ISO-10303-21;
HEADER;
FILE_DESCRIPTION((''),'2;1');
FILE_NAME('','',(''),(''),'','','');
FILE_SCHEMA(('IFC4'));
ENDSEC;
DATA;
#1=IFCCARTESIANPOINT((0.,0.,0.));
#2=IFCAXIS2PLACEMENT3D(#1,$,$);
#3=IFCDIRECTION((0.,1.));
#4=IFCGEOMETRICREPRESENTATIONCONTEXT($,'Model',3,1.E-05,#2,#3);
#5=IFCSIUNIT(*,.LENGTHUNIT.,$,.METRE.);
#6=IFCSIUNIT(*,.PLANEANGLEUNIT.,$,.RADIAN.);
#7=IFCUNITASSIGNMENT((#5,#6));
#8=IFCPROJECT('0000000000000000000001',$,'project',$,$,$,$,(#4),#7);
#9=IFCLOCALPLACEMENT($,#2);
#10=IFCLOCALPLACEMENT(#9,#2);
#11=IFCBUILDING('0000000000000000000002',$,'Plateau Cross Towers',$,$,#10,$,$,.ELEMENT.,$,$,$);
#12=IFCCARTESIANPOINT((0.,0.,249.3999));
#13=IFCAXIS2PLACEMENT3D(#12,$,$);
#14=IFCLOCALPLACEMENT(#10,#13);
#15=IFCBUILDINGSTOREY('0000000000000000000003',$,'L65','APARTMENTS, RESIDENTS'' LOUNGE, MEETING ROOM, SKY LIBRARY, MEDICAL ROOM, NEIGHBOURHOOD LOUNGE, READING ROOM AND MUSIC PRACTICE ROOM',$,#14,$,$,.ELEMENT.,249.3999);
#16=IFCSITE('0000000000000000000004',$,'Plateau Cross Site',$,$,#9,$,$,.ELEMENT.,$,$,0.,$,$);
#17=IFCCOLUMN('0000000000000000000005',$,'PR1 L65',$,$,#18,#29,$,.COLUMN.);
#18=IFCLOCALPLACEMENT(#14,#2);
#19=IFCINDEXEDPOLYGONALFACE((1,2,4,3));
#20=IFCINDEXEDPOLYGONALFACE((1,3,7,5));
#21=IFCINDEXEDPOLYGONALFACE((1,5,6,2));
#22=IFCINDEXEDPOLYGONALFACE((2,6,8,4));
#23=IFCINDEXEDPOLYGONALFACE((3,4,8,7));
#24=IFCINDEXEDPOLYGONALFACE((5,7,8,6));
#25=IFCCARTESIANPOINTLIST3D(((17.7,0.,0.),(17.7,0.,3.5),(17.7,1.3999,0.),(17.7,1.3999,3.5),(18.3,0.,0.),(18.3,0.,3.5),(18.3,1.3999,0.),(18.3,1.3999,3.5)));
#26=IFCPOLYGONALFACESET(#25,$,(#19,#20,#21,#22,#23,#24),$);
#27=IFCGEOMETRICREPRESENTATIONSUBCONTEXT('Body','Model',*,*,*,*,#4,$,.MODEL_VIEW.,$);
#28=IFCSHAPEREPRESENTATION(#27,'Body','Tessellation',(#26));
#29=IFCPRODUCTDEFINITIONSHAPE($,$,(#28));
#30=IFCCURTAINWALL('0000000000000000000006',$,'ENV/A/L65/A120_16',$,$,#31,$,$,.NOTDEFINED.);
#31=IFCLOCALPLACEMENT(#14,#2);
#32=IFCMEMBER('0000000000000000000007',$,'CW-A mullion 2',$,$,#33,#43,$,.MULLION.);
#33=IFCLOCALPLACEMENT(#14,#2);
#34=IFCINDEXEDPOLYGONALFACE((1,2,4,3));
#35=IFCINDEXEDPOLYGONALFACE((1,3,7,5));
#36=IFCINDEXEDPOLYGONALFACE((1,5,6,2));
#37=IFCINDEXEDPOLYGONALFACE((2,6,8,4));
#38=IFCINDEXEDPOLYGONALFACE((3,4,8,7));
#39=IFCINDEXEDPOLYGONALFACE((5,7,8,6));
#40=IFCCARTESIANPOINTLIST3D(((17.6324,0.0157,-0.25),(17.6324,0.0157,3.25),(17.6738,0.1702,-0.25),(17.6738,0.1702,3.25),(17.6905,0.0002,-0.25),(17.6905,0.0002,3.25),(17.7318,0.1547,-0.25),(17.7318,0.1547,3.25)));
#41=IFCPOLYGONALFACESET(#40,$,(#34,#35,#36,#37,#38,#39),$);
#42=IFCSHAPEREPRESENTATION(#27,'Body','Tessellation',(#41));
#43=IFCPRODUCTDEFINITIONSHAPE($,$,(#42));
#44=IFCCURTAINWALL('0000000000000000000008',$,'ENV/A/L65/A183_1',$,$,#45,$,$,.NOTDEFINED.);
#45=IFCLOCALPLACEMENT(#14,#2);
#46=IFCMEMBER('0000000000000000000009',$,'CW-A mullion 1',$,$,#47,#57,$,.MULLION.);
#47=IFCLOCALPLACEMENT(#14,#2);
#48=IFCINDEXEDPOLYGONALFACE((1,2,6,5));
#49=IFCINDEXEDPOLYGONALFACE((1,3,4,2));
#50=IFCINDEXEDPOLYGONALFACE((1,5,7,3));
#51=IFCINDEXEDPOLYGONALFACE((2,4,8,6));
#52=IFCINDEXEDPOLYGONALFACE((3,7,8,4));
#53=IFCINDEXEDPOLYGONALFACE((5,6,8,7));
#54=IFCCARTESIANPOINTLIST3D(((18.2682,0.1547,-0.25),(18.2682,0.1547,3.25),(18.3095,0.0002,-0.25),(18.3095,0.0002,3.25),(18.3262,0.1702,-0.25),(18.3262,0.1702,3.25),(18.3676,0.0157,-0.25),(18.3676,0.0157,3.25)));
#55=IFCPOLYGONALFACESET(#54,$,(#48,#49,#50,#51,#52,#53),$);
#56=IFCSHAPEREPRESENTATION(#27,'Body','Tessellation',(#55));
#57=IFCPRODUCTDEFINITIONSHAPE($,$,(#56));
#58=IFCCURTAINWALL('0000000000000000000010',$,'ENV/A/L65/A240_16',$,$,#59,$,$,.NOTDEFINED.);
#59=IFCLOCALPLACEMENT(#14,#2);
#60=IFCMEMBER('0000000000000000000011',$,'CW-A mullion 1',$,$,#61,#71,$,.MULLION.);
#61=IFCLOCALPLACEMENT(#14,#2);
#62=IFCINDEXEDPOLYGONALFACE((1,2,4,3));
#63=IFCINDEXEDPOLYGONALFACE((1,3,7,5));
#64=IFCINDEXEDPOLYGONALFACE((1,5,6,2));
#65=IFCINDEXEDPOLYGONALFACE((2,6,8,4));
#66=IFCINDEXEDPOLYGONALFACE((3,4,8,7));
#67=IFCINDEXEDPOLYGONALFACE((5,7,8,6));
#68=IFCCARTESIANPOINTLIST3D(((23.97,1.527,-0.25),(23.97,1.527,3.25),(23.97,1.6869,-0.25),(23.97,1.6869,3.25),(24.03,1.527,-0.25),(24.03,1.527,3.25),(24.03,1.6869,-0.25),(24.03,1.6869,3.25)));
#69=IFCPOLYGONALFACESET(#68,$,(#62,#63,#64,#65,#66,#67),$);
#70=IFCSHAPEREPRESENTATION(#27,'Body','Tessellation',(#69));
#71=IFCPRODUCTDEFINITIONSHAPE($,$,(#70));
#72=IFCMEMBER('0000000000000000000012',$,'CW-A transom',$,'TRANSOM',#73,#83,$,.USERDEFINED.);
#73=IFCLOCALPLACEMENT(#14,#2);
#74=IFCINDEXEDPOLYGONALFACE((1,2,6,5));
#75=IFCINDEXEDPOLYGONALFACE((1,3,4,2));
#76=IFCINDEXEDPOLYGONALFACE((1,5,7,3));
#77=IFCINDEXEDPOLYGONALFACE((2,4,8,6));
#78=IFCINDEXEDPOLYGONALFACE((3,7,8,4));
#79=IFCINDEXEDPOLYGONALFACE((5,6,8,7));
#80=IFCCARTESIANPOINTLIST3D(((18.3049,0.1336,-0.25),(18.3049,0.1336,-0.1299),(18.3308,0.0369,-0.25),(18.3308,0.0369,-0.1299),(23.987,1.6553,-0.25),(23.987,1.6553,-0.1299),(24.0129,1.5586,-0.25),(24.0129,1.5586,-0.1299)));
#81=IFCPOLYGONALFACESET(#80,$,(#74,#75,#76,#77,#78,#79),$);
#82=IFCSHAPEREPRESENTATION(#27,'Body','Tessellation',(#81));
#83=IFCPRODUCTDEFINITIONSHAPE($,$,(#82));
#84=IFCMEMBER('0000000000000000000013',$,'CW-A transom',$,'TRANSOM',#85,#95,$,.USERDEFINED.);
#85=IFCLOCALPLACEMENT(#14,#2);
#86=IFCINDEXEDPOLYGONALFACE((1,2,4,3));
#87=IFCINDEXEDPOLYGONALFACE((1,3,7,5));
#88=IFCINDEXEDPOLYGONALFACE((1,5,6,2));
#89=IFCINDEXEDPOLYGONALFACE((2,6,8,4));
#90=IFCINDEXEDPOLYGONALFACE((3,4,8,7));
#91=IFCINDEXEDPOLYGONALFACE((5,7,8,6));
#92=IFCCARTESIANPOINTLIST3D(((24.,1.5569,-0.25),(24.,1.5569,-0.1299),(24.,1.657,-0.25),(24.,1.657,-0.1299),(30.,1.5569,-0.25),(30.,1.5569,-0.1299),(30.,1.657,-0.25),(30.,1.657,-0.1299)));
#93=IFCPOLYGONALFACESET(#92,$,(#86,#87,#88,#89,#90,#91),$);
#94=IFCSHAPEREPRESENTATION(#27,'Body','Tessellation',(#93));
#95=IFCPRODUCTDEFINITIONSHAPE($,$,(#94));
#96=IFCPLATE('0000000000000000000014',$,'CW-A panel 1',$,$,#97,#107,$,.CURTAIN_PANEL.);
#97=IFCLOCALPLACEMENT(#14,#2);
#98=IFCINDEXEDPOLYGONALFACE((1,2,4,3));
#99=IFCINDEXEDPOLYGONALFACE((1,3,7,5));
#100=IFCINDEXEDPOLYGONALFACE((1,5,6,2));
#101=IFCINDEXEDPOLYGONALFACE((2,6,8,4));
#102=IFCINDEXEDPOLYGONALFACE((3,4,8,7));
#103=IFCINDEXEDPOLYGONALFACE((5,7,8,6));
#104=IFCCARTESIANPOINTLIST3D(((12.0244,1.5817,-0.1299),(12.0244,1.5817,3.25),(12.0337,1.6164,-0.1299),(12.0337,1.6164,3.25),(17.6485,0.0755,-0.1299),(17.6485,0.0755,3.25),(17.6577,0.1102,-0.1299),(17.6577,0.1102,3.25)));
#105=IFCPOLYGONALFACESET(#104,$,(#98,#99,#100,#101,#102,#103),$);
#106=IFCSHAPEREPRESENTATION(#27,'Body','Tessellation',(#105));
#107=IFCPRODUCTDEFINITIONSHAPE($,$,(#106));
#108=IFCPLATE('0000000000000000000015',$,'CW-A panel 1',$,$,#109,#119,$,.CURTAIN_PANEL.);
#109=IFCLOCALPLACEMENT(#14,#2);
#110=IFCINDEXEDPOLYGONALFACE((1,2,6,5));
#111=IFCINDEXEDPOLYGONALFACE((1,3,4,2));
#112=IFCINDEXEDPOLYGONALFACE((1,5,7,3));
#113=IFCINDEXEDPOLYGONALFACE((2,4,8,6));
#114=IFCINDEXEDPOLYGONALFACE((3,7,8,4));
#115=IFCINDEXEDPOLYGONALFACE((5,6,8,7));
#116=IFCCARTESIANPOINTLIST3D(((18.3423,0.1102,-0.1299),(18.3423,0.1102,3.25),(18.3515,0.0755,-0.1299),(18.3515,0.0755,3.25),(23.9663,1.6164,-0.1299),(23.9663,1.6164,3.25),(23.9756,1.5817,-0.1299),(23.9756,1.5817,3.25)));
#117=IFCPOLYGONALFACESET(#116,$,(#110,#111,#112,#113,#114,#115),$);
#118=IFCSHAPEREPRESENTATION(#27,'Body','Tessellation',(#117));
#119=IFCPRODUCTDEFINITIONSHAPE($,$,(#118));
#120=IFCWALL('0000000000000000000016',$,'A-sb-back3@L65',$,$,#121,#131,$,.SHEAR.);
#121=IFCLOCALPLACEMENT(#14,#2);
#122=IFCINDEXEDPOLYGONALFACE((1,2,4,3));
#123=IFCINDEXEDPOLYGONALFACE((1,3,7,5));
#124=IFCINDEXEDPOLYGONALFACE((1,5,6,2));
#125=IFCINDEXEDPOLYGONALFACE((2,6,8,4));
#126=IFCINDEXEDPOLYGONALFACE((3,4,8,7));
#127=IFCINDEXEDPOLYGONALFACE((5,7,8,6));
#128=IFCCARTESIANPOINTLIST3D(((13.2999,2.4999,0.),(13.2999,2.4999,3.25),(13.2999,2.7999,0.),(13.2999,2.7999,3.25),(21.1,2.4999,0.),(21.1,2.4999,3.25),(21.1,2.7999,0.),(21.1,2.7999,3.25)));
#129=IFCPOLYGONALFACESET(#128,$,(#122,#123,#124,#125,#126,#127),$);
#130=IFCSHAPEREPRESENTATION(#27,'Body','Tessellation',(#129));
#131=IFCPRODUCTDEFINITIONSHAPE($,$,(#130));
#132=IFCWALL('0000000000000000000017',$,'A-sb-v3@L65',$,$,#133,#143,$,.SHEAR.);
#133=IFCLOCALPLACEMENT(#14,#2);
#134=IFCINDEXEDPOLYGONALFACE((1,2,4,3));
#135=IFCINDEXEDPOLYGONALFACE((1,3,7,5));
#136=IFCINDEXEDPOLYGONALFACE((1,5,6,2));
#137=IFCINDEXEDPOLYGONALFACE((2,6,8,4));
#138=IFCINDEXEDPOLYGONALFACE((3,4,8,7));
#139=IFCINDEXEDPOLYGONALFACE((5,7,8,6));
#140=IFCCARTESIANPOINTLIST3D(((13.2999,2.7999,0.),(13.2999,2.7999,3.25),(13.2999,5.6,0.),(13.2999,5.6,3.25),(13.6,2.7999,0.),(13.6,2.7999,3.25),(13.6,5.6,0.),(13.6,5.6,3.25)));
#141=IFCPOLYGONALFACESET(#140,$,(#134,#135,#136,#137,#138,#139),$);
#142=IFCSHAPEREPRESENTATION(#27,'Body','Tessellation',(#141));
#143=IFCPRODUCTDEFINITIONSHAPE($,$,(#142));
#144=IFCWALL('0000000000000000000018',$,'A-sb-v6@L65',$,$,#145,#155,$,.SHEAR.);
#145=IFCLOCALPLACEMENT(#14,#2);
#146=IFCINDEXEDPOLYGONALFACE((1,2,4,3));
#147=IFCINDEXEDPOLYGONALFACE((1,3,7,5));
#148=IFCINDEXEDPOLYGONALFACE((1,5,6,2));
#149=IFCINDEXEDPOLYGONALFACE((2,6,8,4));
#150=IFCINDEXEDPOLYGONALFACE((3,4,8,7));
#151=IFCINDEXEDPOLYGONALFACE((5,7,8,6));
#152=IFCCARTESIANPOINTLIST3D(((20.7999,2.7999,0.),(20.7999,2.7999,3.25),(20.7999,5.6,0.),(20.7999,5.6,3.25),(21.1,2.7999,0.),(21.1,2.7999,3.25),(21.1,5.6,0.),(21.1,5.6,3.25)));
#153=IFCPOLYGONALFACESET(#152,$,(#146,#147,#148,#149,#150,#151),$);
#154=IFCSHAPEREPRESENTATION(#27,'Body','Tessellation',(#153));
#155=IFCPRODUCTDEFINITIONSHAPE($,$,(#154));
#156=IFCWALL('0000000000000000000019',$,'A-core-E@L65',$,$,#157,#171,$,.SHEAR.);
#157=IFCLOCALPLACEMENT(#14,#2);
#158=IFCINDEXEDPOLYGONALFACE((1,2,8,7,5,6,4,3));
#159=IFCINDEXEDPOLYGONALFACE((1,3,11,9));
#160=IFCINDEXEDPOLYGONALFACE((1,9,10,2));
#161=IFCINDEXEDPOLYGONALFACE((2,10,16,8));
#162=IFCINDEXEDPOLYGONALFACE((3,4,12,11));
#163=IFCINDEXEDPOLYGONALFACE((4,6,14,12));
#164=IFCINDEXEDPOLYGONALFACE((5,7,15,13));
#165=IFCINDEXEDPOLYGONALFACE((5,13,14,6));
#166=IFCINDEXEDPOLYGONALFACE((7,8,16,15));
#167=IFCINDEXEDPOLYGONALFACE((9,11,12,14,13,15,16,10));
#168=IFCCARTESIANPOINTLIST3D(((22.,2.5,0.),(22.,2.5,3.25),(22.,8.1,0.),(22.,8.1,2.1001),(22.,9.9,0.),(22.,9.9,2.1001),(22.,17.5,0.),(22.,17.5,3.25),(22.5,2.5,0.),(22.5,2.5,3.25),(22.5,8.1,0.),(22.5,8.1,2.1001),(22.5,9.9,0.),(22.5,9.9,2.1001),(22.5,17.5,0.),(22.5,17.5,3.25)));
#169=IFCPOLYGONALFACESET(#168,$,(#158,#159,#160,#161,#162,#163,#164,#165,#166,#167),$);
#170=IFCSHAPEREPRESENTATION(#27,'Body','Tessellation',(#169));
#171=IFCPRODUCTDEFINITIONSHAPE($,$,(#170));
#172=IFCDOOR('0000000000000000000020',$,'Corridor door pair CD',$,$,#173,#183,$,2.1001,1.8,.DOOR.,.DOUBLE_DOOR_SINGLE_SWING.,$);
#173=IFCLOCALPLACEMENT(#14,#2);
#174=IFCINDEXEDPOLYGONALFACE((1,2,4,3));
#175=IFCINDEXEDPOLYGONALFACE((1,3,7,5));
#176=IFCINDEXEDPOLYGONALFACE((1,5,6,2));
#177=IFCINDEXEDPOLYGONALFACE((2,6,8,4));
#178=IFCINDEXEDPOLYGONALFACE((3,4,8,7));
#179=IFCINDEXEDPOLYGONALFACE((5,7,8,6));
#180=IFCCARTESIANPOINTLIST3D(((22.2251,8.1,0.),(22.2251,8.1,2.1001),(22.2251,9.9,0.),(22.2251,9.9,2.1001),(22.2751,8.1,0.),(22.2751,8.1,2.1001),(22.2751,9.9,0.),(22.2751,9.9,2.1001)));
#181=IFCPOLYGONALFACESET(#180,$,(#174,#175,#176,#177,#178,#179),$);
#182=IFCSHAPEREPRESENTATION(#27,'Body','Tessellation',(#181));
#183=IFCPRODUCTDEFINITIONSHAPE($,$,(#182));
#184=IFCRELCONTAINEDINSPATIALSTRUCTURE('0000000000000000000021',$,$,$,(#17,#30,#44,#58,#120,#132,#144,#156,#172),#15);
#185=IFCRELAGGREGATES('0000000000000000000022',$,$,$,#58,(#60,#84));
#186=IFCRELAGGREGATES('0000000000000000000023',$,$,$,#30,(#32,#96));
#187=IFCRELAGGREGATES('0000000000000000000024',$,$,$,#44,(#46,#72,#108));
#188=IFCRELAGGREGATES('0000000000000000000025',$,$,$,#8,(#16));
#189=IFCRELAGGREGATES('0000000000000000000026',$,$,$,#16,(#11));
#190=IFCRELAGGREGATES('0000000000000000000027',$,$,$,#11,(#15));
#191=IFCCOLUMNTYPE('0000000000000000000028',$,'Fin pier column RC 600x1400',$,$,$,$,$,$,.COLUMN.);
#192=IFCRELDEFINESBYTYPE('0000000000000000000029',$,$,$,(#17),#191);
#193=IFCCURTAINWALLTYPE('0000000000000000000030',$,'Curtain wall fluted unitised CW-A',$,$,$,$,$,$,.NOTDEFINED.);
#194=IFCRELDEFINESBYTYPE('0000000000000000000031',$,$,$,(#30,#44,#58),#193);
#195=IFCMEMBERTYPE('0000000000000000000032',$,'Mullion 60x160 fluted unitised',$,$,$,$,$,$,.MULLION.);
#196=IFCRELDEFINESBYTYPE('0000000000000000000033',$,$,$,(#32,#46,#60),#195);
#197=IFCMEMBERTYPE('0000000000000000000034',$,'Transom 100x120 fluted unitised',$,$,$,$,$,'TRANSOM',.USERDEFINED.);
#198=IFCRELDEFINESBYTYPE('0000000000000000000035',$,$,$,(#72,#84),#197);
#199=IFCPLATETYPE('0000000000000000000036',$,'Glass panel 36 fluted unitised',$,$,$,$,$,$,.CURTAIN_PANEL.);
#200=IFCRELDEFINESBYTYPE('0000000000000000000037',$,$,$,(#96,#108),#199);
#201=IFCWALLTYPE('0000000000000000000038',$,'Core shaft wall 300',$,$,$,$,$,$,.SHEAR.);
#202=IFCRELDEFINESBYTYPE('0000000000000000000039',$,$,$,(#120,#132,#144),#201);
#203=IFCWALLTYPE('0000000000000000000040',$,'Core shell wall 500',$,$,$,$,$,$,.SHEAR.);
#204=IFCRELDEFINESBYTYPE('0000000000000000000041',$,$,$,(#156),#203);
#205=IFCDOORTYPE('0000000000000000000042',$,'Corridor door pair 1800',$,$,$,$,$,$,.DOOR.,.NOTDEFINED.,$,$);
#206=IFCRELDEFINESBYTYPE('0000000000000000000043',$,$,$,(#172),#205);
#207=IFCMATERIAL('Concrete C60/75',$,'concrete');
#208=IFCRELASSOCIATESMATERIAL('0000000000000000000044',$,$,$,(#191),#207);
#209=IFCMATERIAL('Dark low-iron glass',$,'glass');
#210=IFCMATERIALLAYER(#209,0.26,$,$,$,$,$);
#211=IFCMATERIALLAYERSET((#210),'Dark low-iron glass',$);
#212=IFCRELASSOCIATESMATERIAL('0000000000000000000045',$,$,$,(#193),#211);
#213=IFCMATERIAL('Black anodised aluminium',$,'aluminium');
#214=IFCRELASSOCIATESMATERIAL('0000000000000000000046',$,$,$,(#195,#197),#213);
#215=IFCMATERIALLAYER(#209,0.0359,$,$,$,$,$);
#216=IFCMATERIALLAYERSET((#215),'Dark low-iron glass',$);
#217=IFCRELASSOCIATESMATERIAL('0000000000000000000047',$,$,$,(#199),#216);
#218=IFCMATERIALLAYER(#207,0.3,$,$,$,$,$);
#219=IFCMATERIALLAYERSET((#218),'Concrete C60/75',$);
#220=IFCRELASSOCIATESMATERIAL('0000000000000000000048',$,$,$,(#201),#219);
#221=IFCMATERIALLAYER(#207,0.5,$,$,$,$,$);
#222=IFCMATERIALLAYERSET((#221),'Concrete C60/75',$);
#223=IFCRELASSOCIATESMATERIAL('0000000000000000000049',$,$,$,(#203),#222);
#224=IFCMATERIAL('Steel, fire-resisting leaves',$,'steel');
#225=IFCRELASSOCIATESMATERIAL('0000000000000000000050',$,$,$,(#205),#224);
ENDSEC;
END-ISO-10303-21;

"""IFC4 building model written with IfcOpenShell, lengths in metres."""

from ifc_helpers import new_model, si_unit, direction, frame, frame_2d, origin, origin_2d, place, context, subcontext, project, spatial, rectangle, extrude, material, layer, layer_set, material_profile, profile_set, type_object, element, fill, aggregate, save


model = new_model("IFC4")

# Units and contexts
model_context = context("Model", 3, precision=1e-05, world=origin(), true_north=direction((0.0, 1.0)))
body_context = subcontext(model_context, "Body", "Model", "MODEL_VIEW")
ifc_project = project(units=[si_unit("LENGTHUNIT", "METRE"), si_unit("PLANEANGLEUNIT", "RADIAN")], contexts=[model_context])

# Site, building, storey
site_placement = place(None, origin())
site = spatial("IfcSite", under=ifc_project, at=site_placement, Name="Plateau Cross Site", CompositionType="ELEMENT", RefElevation=0.0)
building_placement = place(site_placement, origin())
building = spatial("IfcBuilding", under=site, at=building_placement, Name="Plateau Cross Towers", CompositionType="ELEMENT")
storey_placement = place(building_placement, frame((0.0, 0.0, 249.3999)))
storey = spatial("IfcBuildingStorey", under=building, at=storey_placement, Name="L65", Description="APARTMENTS, RESIDENTS' LOUNGE, MEETING ROOM, SKY LIBRARY, MEDICAL ROOM, NEIGHBOURHOOD LOUNGE, READING ROOM AND MUSIC PRACTICE ROOM", CompositionType="ELEMENT", Elevation=249.3999)

# Column
ifc_material_1 = material(Name="Concrete C60/75", Category="concrete")
ifc_material_profile_1 = material_profile(ifc_material_1, rectangle(XDim=0.6001, YDim=1.3999, at=origin_2d()), Name="RC 600x1400")
ifc_profile_set_1 = profile_set([ifc_material_profile_1], Name="Concrete C60/75")
column_type = type_object("IfcColumnType", Name="Fin pier column RC 600x1400", PredefinedType="COLUMN", material=ifc_profile_set_1)
column_placement = place(storey_placement, frame((18.0, 0.7, 0.0), z_axis=(0.0, 0.0, 1.0), x_axis=(1.0, 0.0, 0.0)))
element("IfcColumn", 1, at=column_placement, inside=storey, type_object=column_type, Name="PR1 L65", PredefinedType="COLUMN", context=body_context, shape_type="SweptSolid", body=[
    extrude(rectangle(XDim=0.6001, YDim=1.3999, at=origin_2d()), origin(), (0.0, 0.0, 1.0), 3.5),
])

# Curtain walls, members
ifc_material_2 = material(Name="Dark low-iron glass", Category="glass")
ifc_layer_1 = layer(ifc_material_2, 0.26)
ifc_layer_set_1 = layer_set([ifc_layer_1], Name="Dark low-iron glass")
curtain_wall_type = type_object("IfcCurtainWallType", Name="Curtain wall fluted unitised CW-A", PredefinedType="NOTDEFINED", material=ifc_layer_set_1)
curtain_wall_1_placement = place(storey_placement, origin())
curtain_wall_1 = element("IfcCurtainWall", 2, at=curtain_wall_1_placement, inside=storey, type_object=curtain_wall_type, Name="ENV/A/L65/A120_16", PredefinedType="NOTDEFINED")
ifc_material_3 = material(Name="Black anodised aluminium", Category="aluminium")
ifc_material_profile_2 = material_profile(ifc_material_3, rectangle(XDim=0.0601, YDim=0.1599, at=origin_2d()), Name="MULLION 60x160")
ifc_profile_set_2 = profile_set([ifc_material_profile_2], Name="Black anodised aluminium")
member_type_1 = type_object("IfcMemberType", Name="Mullion 60x160 fluted unitised", PredefinedType="MULLION", material=ifc_profile_set_2)
member_1_placement = place(storey_placement, frame((17.6821, 0.0852, -0.25), z_axis=(0.0, 0.0, 1.0), x_axis=(0.965958, -0.258699, 0.0)))
member_1 = element("IfcMember", 3, at=member_1_placement, type_object=member_type_1, Name="CW-A mullion 2", PredefinedType="MULLION", context=body_context, shape_type="SweptSolid", body=[
    extrude(rectangle(XDim=0.0601, YDim=0.1599, at=origin_2d()), origin(), (0.0, 0.0, 1.0), 3.5),
])
curtain_wall_2_placement = place(storey_placement, origin())
curtain_wall_2 = element("IfcCurtainWall", 4, at=curtain_wall_2_placement, inside=storey, type_object=curtain_wall_type, Name="ENV/A/L65/A183_1", PredefinedType="NOTDEFINED")
member_2_placement = place(storey_placement, frame((18.3179, 0.0852, -0.25), z_axis=(0.0, 0.0, 1.0), x_axis=(0.965958, 0.258699, 0.0)))
member_2 = element("IfcMember", 5, at=member_2_placement, type_object=member_type_1, Name="CW-A mullion 1", PredefinedType="MULLION", context=body_context, shape_type="SweptSolid", body=[
    extrude(rectangle(XDim=0.0601, YDim=0.1599, at=origin_2d()), origin(), (0.0, 0.0, 1.0), 3.5),
])
curtain_wall_3_placement = place(storey_placement, origin())
curtain_wall_3 = element("IfcCurtainWall", 6, at=curtain_wall_3_placement, inside=storey, type_object=curtain_wall_type, Name="ENV/A/L65/A240_16", PredefinedType="NOTDEFINED")
member_3_placement = place(storey_placement, frame((24.0, 1.6069, -0.25), z_axis=(0.0, 0.0, 1.0), x_axis=(1.0, 0.0, 0.0)))
member_3 = element("IfcMember", 7, at=member_3_placement, type_object=member_type_1, Name="CW-A mullion 1", PredefinedType="MULLION", context=body_context, shape_type="SweptSolid", body=[
    extrude(rectangle(XDim=0.0601, YDim=0.1599, at=origin_2d()), origin(), (0.0, 0.0, 1.0), 3.5),
])

# Members
ifc_material_profile_3 = material_profile(ifc_material_3, rectangle(XDim=0.1001, YDim=0.1201, at=origin_2d()), Name="TRANSOM 100x120")
ifc_profile_set_3 = profile_set([ifc_material_profile_3], Name="Black anodised aluminium")
member_type_2 = type_object("IfcMemberType", Name="Transom 100x120 fluted unitised", ElementType="TRANSOM", PredefinedType="USERDEFINED", material=ifc_profile_set_3)
member_4_placement = place(storey_placement, frame((18.3179, 0.0852, -0.1899), z_axis=(0.96596, 0.258693, 0.0), x_axis=(-0.258693, 0.96596, 0.0)))
member_4 = element("IfcMember", 8, at=member_4_placement, type_object=member_type_2, Name="CW-A transom", ObjectType="TRANSOM", PredefinedType="USERDEFINED", context=body_context, shape_type="SweptSolid", body=[
    extrude(rectangle(XDim=0.1001, YDim=0.1201, at=origin_2d()), origin(), (0.0, 0.0, 1.0), 5.8823),
])
member_5_placement = place(storey_placement, frame((24.0, 1.6069, -0.1899), z_axis=(1.0, 0.0, 0.0), x_axis=(0.0, 1.0, 0.0)))
member_5 = element("IfcMember", 9, at=member_5_placement, type_object=member_type_2, Name="CW-A transom", ObjectType="TRANSOM", PredefinedType="USERDEFINED", context=body_context, shape_type="SweptSolid", body=[
    extrude(rectangle(XDim=0.1001, YDim=0.1201, at=origin_2d()), origin(), (0.0, 0.0, 1.0), 6.0),
])
aggregate(curtain_wall_3, [member_3, member_5])

# Plates
ifc_layer_2 = layer(ifc_material_2, 0.0359)
ifc_layer_set_2 = layer_set([ifc_layer_2], Name="Dark low-iron glass")
plate_type = type_object("IfcPlateType", Name="Glass panel 36 fluted unitised", PredefinedType="CURTAIN_PANEL", material=ifc_layer_set_2)
plate_1_placement = place(storey_placement, frame((14.8411, 0.8459, -0.1299), z_axis=(0.0, 0.0, 1.0), x_axis=(0.965958, -0.258699, 0.0)))
plate_1 = element("IfcPlate", 10, at=plate_1_placement, type_object=plate_type, Name="CW-A panel 1", PredefinedType="CURTAIN_PANEL", context=body_context, shape_type="SweptSolid", body=[
    extrude(rectangle(XDim=5.8223, YDim=0.0359, at=origin_2d()), origin(), (0.0, 0.0, 1.0), 3.3799),
])
aggregate(curtain_wall_1, [member_1, plate_1])
plate_2_placement = place(storey_placement, frame((21.1589, 0.8459, -0.1299), z_axis=(0.0, 0.0, 1.0), x_axis=(0.965958, 0.258699, 0.0)))
plate_2 = element("IfcPlate", 11, at=plate_2_placement, type_object=plate_type, Name="CW-A panel 1", PredefinedType="CURTAIN_PANEL", context=body_context, shape_type="SweptSolid", body=[
    extrude(rectangle(XDim=5.8223, YDim=0.0359, at=origin_2d()), origin(), (0.0, 0.0, 1.0), 3.3799),
])
aggregate(curtain_wall_2, [member_2, member_4, plate_2])

# Walls
ifc_layer_3 = layer(ifc_material_1, 0.3)
ifc_layer_set_3 = layer_set([ifc_layer_3], Name="Concrete C60/75")
wall_type_1 = type_object("IfcWallType", Name="Core shaft wall 300", PredefinedType="SHEAR", material=ifc_layer_set_3)
wall_1_placement = place(storey_placement, frame((13.3, 2.6499, 0.0), z_axis=(0.0, 0.0, 1.0), x_axis=(1.0, 0.0, 0.0)))
element("IfcWall", 12, at=wall_1_placement, inside=storey, type_object=wall_type_1, Name="A-sb-back3@L65", PredefinedType="SHEAR", context=body_context, shape_type="SweptSolid", body=[
    extrude(rectangle(XDim=7.8, YDim=0.3, at=frame_2d((3.8999, 0.0))), origin(), (0.0, 0.0, 1.0), 3.25),
])
for number, where, z_axis, x_axis, name in (
    (13, (13.45, 2.8, 0.0), (0.0, 0.0, 1.0), (0.0, 1.0, 0.0), "A-sb-v3@L65"),
    (14, (20.95, 2.8, 0.0), (0.0, 0.0, 1.0), (0.0, 1.0, 0.0), "A-sb-v6@L65"),
):
    element("IfcWall", number, at=place(storey_placement, frame(where, z_axis=z_axis, x_axis=x_axis)), inside=storey, type_object=wall_type_1, Name=name, PredefinedType="SHEAR", context=body_context, shape_type="SweptSolid", body=[
        extrude(rectangle(XDim=2.8, YDim=0.3, at=frame_2d((1.3999, 0.0))), origin(), (0.0, 0.0, 1.0), 3.25),
    ])

# Wall, opening, door
ifc_layer_4 = layer(ifc_material_1, 0.5)
ifc_layer_set_4 = layer_set([ifc_layer_4], Name="Concrete C60/75")
wall_type_2 = type_object("IfcWallType", Name="Core shell wall 500", PredefinedType="SHEAR", material=ifc_layer_set_4)
wall_2_placement = place(storey_placement, frame((22.25, 2.5, 0.0), z_axis=(0.0, 0.0, 1.0), x_axis=(0.0, 1.0, 0.0)))
wall_2 = element("IfcWall", 15, at=wall_2_placement, inside=storey, type_object=wall_type_2, Name="A-core-E@L65", PredefinedType="SHEAR", context=body_context, shape_type="SweptSolid", body=[
    extrude(rectangle(XDim=15.0, YDim=0.5, at=frame_2d((7.5, 0.0))), origin(), (0.0, 0.0, 1.0), 3.25),
])
opening_placement = place(wall_2_placement, frame((5.6001, 0.0, 0.0)))
opening = element("IfcOpeningElement", 16, at=opening_placement, cuts=wall_2, PredefinedType="OPENING", context=body_context, shape_type="SweptSolid", body=[
    extrude(rectangle(XDim=1.8, YDim=2.1001, at=frame_2d((0.8999, 1.05))), frame((0.0, 0.26, 0.0), z_axis=(0.0, -1.0, 0.0), x_axis=(1.0, 0.0, 0.0)), (0.0, 0.0, 1.0), 0.52),
])
ifc_material_4 = material(Name="Steel, fire-resisting leaves", Category="steel")
door_type = type_object("IfcDoorType", Name="Corridor door pair 1800", OperationType="NOTDEFINED", PredefinedType="DOOR", material=ifc_material_4)
door_placement = place(opening_placement, origin())
door = element("IfcDoor", 17, at=door_placement, inside=storey, type_object=door_type, Name="Corridor door pair CD", OperationType="DOUBLE_DOOR_SINGLE_SWING", OverallHeight=2.1001, OverallWidth=1.8, PredefinedType="DOOR", context=body_context, shape_type="SweptSolid", body=[
    extrude(rectangle(XDim=1.8, YDim=2.1001, at=frame_2d((0.8999, 1.05))), frame((0.0, 0.0249, 0.0), z_axis=(0.0, -1.0, 0.0), x_axis=(1.0, 0.0, 0.0)), (0.0, 0.0, 1.0), 0.05),
])
fill(opening, door)

save(model, "model.ifc")
